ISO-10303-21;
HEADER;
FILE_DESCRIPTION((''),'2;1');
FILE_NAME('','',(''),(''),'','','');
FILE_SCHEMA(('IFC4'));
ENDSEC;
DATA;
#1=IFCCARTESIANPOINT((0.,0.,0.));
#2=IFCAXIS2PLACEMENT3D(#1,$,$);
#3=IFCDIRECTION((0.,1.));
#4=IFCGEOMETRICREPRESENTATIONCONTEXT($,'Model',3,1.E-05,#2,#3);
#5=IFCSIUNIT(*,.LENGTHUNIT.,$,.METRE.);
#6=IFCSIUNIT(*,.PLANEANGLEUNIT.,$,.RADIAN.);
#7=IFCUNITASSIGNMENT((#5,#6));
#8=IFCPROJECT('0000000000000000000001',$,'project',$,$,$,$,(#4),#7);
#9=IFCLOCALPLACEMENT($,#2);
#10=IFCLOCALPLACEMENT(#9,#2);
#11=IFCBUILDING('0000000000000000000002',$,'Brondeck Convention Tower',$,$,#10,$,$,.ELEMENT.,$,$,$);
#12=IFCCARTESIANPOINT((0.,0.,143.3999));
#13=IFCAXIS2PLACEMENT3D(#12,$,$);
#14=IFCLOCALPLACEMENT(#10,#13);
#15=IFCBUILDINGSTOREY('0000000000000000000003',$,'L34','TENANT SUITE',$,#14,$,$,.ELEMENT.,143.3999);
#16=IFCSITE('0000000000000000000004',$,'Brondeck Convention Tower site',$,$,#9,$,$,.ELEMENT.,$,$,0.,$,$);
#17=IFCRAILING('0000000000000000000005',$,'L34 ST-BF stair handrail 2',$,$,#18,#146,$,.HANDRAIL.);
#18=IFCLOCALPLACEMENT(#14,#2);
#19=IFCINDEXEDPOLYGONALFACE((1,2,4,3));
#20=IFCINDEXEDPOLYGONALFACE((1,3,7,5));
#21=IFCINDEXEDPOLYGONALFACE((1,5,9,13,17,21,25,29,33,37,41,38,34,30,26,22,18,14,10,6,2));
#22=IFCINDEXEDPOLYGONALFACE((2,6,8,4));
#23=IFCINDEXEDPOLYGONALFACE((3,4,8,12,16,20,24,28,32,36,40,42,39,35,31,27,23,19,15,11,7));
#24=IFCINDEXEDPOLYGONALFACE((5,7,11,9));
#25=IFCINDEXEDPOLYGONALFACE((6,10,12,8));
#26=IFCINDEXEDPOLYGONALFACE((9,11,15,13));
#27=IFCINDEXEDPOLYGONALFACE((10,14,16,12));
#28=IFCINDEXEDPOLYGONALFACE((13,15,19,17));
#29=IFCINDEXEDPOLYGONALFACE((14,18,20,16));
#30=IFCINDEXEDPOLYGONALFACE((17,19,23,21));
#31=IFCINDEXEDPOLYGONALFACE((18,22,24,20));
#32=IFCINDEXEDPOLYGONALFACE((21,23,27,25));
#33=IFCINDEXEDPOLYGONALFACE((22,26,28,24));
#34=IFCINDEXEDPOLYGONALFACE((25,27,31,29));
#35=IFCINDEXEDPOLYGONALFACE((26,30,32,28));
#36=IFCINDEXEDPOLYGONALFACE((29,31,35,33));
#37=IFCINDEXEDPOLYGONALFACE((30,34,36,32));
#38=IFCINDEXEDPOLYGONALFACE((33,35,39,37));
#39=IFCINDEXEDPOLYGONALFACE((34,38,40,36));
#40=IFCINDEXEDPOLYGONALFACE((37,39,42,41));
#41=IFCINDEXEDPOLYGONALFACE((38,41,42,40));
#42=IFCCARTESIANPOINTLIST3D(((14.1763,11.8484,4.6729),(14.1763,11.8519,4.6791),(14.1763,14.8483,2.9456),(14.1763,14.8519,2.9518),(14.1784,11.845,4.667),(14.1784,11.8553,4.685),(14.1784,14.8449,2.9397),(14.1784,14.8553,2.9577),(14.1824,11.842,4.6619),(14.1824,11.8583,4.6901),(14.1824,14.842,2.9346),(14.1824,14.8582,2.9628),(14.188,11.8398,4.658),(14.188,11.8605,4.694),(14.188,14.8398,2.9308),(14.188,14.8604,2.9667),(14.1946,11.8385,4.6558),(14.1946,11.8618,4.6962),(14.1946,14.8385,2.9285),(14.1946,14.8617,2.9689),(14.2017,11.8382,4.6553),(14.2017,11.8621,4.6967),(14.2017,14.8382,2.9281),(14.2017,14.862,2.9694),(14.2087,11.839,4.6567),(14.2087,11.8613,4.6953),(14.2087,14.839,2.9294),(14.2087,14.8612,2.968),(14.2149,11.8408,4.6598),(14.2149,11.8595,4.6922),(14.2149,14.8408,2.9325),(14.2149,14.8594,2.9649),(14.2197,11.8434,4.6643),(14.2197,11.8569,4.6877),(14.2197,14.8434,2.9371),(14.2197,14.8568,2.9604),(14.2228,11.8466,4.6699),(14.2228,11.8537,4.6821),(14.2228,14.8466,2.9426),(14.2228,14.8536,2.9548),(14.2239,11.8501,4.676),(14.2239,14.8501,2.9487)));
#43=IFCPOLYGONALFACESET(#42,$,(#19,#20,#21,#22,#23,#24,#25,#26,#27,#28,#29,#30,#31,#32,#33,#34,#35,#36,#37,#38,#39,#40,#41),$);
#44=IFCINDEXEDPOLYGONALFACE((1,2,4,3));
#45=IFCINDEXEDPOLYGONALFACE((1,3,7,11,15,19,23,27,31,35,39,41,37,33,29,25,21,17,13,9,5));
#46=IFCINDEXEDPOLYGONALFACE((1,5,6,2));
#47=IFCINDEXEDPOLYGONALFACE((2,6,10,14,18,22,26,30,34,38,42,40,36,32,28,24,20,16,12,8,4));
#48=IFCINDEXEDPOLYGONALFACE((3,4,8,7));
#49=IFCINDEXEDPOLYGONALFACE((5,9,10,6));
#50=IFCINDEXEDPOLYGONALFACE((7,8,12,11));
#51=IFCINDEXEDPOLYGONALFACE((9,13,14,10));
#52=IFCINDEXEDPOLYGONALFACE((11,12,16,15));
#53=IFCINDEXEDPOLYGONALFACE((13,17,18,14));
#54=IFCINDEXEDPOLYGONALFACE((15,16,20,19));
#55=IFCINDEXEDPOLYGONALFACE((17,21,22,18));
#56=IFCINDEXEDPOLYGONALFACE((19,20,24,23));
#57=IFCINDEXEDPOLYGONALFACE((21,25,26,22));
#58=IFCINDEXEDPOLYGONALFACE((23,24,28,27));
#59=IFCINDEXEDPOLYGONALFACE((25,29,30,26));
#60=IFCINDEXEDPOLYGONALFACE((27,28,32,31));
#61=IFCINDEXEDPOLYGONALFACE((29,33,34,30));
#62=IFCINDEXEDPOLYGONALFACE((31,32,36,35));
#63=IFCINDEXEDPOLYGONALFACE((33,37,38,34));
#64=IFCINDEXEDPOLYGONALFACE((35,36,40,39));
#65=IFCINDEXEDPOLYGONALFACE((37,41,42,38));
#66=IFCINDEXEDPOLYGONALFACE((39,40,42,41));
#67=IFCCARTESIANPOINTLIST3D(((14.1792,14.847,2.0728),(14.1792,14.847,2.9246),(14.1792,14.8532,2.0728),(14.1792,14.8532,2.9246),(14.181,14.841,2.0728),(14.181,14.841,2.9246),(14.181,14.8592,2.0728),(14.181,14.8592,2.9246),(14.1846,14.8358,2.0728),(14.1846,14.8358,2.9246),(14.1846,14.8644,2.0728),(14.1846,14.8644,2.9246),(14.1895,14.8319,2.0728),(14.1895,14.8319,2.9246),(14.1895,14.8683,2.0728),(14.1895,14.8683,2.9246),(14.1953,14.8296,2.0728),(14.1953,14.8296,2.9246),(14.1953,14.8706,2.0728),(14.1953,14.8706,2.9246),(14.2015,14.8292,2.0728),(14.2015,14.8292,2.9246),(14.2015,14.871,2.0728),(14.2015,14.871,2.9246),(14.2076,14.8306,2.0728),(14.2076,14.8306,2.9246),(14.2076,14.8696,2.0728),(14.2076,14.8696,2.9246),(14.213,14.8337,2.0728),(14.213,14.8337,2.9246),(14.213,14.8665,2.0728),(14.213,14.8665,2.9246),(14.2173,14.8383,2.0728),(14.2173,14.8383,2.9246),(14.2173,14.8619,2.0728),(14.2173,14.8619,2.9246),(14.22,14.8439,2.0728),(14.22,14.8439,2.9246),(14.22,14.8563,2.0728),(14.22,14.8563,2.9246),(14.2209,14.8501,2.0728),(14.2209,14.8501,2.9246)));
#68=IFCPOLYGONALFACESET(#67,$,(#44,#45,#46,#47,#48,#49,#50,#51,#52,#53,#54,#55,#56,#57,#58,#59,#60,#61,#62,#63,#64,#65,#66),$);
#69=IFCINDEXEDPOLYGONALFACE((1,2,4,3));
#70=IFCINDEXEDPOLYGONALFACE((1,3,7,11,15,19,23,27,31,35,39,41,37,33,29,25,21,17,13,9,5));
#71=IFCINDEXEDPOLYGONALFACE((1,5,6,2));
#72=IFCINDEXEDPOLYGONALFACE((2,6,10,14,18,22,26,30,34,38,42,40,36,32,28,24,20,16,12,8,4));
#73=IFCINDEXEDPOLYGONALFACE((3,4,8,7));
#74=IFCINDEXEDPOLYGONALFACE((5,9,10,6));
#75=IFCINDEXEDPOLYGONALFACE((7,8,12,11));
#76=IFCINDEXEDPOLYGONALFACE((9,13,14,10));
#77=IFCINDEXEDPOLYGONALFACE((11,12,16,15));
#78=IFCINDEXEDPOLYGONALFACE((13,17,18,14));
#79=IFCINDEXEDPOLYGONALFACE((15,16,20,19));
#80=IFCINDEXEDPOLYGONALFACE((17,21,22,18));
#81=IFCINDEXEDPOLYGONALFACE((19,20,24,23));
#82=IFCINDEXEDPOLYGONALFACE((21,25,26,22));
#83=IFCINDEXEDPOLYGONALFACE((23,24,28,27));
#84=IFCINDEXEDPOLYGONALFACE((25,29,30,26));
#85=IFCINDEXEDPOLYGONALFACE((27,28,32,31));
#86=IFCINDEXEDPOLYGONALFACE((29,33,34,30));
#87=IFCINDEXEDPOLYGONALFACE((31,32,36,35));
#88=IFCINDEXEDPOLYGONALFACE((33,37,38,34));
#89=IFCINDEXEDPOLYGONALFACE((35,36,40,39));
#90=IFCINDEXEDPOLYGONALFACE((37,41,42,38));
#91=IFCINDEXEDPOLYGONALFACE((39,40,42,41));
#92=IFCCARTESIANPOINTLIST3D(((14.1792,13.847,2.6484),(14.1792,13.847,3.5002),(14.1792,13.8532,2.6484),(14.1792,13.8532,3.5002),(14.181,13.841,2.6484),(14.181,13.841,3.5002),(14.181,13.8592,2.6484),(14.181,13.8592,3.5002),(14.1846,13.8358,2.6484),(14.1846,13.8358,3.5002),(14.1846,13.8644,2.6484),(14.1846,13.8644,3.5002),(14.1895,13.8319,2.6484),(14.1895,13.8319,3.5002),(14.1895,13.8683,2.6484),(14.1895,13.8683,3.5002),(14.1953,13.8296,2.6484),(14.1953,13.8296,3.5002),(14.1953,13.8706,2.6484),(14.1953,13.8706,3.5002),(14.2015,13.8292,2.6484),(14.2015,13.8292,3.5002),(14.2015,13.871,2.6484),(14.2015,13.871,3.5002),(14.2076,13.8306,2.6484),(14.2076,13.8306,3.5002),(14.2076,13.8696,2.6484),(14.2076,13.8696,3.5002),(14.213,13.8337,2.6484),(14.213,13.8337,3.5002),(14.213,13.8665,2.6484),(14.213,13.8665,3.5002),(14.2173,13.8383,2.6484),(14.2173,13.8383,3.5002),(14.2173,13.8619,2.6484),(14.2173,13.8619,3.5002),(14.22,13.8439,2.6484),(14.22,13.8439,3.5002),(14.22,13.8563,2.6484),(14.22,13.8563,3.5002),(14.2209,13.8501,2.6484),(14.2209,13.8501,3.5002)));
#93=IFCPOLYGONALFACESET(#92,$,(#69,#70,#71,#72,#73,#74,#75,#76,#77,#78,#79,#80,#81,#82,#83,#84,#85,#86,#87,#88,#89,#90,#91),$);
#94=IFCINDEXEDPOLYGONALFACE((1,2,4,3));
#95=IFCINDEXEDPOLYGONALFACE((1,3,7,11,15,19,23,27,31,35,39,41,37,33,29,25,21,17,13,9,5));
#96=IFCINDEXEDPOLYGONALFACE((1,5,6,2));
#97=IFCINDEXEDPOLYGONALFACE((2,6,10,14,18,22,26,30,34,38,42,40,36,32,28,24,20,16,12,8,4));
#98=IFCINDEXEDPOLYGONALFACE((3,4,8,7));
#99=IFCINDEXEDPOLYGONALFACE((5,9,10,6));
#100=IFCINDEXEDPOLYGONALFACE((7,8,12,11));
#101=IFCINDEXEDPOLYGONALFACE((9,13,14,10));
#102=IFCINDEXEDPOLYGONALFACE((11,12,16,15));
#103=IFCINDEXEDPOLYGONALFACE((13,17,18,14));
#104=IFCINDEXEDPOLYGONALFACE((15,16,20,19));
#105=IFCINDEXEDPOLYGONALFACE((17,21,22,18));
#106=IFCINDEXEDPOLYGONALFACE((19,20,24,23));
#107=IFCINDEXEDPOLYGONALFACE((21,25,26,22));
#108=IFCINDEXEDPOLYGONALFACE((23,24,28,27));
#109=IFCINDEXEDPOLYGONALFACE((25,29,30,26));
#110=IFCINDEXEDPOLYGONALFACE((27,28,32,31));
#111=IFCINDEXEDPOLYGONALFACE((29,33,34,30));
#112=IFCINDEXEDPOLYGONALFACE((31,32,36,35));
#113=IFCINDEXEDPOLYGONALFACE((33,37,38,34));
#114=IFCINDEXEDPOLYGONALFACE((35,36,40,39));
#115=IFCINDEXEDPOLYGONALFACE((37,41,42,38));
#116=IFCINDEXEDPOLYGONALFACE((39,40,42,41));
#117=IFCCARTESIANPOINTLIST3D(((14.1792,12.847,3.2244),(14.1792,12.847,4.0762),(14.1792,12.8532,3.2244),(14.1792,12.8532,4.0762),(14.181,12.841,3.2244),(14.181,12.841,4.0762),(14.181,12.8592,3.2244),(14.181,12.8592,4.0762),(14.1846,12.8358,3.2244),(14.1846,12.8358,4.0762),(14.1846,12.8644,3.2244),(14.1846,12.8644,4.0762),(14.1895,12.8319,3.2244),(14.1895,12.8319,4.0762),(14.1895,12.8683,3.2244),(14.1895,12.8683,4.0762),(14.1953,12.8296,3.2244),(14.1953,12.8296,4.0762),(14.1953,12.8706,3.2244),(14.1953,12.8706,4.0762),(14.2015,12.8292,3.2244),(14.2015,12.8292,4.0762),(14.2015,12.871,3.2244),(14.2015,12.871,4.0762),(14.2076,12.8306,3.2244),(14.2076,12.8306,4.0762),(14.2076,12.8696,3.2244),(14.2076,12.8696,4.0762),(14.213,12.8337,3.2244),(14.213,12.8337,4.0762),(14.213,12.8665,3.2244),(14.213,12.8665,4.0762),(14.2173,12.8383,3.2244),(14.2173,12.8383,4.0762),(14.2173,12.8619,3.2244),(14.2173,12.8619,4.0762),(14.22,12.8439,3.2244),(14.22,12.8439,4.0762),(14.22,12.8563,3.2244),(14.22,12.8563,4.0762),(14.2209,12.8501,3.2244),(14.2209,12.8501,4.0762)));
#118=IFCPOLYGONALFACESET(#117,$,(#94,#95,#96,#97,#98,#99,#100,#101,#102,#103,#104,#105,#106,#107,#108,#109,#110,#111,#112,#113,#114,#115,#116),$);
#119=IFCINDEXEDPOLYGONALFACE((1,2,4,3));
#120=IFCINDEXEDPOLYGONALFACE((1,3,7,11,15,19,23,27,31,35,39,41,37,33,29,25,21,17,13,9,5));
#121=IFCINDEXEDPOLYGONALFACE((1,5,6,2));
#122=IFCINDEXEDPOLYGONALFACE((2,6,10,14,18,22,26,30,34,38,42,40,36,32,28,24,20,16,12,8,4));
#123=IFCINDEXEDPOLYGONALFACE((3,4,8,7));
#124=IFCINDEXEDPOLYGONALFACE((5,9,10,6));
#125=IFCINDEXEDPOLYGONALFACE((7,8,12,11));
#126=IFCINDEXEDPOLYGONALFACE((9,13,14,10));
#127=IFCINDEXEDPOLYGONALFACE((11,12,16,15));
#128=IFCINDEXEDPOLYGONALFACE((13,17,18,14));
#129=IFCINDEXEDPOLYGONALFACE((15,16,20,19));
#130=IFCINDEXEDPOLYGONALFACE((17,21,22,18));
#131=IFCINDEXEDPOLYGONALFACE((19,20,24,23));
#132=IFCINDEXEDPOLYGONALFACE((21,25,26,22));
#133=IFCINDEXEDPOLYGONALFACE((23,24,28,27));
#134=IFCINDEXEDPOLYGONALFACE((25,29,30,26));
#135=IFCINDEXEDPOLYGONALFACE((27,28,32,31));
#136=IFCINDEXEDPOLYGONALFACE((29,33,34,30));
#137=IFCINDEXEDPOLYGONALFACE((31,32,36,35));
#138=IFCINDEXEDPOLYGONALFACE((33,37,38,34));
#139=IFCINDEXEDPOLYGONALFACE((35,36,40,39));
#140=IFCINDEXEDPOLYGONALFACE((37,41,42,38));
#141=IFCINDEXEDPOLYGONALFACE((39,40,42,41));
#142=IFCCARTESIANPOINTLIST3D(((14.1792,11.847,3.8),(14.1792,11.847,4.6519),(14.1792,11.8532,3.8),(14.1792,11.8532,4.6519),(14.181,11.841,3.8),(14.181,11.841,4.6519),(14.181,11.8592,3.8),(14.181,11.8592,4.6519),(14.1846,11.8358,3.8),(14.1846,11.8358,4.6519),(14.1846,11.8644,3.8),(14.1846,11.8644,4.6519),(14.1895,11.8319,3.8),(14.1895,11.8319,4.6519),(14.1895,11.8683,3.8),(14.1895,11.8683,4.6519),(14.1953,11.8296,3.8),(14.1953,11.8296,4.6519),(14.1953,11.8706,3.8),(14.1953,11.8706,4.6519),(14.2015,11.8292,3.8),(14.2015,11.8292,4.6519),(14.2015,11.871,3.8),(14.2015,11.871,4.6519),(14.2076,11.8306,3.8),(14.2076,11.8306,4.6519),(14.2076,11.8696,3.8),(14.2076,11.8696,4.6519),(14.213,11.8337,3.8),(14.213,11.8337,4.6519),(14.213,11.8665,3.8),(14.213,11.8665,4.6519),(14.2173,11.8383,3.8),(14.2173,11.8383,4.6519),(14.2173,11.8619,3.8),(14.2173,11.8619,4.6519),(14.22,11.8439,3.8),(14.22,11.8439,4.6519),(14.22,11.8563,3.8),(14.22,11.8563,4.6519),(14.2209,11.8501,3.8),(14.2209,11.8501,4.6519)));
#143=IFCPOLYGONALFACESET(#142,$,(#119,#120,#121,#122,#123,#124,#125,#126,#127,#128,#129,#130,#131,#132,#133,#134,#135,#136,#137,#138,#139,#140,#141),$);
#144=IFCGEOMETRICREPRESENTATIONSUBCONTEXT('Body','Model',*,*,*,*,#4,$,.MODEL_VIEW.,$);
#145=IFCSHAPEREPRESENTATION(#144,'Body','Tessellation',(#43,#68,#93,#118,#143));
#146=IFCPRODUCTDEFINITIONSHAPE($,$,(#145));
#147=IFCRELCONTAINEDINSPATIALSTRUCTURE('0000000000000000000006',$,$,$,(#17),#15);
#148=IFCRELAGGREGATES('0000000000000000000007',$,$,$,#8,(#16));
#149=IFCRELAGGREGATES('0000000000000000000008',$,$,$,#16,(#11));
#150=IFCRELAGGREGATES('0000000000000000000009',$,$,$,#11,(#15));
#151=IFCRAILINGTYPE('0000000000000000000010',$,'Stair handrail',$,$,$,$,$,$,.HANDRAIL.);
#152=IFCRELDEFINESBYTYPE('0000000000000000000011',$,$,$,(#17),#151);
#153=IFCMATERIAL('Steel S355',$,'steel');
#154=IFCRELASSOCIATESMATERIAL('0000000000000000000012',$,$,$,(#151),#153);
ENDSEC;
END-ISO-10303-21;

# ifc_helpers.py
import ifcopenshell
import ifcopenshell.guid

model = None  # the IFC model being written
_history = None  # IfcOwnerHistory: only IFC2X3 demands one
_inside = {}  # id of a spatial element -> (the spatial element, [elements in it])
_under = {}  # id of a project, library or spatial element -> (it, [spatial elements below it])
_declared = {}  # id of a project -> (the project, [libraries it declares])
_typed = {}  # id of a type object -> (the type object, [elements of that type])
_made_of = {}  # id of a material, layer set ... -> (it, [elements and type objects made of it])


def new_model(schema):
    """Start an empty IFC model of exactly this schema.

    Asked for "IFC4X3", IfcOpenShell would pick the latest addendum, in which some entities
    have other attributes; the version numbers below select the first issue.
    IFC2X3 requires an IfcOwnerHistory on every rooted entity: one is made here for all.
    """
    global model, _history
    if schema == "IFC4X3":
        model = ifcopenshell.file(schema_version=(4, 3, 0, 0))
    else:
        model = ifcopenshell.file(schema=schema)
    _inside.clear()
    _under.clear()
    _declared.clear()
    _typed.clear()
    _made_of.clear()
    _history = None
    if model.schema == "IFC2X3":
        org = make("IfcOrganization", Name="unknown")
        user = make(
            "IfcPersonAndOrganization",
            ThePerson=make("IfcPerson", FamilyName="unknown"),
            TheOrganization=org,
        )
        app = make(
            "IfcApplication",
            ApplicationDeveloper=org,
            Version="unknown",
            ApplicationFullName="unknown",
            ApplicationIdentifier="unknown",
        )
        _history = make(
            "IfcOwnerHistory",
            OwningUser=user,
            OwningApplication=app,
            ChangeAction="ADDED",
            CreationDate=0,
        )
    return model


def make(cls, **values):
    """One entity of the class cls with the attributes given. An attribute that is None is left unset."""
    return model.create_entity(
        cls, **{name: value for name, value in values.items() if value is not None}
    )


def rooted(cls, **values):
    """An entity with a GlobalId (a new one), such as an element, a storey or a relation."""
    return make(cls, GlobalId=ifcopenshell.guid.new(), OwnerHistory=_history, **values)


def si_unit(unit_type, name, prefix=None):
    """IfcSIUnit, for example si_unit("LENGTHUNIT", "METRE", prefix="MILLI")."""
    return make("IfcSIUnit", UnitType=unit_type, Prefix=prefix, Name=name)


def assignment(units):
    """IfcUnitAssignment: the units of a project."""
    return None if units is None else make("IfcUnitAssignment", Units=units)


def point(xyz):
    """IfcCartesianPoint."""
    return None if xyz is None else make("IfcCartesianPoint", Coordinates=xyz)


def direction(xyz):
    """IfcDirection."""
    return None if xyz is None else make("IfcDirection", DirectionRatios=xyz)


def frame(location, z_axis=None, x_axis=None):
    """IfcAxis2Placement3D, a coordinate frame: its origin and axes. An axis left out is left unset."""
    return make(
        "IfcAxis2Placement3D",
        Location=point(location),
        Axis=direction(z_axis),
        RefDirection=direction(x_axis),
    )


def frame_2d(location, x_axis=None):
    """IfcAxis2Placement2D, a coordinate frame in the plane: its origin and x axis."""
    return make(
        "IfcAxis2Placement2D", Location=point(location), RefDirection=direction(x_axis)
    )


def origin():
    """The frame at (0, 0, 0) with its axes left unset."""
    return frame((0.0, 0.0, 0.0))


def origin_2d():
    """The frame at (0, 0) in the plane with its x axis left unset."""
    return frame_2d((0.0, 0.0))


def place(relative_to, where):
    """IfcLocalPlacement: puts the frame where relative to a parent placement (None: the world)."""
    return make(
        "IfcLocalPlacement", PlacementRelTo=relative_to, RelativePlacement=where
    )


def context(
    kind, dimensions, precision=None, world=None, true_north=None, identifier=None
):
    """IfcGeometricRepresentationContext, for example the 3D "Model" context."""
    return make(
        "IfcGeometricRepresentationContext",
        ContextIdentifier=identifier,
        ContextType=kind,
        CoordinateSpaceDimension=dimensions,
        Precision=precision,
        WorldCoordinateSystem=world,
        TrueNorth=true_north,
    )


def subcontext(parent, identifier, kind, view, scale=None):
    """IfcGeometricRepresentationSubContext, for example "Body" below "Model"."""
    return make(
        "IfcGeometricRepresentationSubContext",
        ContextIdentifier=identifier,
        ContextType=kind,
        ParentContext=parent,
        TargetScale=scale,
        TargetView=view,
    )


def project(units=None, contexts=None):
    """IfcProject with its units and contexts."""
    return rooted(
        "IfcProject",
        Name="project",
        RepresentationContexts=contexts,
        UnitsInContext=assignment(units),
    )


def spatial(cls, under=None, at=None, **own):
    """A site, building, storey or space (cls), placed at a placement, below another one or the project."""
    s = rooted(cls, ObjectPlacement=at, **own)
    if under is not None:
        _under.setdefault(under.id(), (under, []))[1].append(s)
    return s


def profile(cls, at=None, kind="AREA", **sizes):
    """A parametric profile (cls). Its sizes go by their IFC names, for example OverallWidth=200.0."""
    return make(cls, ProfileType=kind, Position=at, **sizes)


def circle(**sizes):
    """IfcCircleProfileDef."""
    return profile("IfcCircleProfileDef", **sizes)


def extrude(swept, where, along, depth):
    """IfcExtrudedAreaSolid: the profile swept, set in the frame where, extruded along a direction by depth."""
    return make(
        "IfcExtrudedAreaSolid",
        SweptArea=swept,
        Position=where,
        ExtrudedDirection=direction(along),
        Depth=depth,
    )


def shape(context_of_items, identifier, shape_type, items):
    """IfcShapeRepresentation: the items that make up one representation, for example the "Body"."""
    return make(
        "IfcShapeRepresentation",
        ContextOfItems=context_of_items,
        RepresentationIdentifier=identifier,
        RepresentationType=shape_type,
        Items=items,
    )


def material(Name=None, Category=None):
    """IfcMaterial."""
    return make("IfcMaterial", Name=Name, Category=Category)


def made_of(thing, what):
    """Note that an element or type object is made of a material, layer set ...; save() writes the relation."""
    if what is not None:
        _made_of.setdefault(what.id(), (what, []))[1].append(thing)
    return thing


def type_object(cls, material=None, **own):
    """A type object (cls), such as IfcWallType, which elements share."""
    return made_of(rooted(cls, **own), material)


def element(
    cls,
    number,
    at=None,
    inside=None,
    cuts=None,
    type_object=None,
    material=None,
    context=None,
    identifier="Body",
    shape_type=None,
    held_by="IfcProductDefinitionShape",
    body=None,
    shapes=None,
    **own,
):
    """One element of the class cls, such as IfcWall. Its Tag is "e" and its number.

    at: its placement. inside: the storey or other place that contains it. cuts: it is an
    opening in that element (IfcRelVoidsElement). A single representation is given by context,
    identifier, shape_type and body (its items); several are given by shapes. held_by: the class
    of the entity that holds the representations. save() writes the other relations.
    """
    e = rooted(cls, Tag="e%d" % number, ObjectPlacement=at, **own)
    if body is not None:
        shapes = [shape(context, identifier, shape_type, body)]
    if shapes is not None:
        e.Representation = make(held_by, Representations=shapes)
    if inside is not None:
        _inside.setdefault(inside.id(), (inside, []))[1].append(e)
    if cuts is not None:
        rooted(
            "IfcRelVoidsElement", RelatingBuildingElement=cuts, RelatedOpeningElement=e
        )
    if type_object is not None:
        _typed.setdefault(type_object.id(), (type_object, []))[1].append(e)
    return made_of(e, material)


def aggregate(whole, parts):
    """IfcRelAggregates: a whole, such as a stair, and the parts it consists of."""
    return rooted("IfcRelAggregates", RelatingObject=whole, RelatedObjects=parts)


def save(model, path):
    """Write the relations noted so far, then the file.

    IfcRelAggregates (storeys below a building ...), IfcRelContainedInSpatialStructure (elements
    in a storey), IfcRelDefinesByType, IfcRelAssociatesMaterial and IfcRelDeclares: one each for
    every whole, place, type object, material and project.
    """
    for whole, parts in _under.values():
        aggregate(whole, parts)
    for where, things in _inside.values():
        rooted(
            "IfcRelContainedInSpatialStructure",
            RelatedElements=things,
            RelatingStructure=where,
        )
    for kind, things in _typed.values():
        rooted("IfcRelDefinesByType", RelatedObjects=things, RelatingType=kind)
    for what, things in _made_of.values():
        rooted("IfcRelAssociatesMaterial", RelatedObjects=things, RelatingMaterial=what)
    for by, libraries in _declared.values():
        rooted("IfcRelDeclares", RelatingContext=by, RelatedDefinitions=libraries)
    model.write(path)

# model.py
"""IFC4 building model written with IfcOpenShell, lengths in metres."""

from ifc_helpers import new_model, si_unit, direction, frame, origin, origin_2d, place, context, subcontext, project, spatial, circle, extrude, material, type_object, element, save


model = new_model("IFC4")

# Units and contexts
model_context = context("Model", 3, precision=1e-05, world=origin(), true_north=direction((0.0, 1.0)))
body_context = subcontext(model_context, "Body", "Model", "MODEL_VIEW")
ifc_project = project(units=[si_unit("LENGTHUNIT", "METRE"), si_unit("PLANEANGLEUNIT", "RADIAN")], contexts=[model_context])

# Site, building, storey
site_placement = place(None, origin())
site = spatial("IfcSite", under=ifc_project, at=site_placement, Name="Brondeck Convention Tower site", CompositionType="ELEMENT", RefElevation=0.0)
building_placement = place(site_placement, origin())
building = spatial("IfcBuilding", under=site, at=building_placement, Name="Brondeck Convention Tower", CompositionType="ELEMENT")
storey_placement = place(building_placement, frame((0.0, 0.0, 143.3999)))
storey = spatial("IfcBuildingStorey", under=building, at=storey_placement, Name="L34", Description="TENANT SUITE", CompositionType="ELEMENT", Elevation=143.3999)

# Shared definitions
ifc_material_1 = material(Name="Steel S355", Category="steel")

# Railing
railing_type_1 = type_object("IfcRailingType", Name="Stair handrail", PredefinedType="HANDRAIL", material=ifc_material_1)
railing_1_placement = place(storey_placement, frame((14.2, 14.8501, 2.0728)))
element("IfcRailing", 1, at=railing_1_placement, inside=storey, type_object=railing_type_1, Name="L34 ST-BF stair handrail 2", PredefinedType="HANDRAIL", context=body_context, shape_type="SweptSolid", body=[
    extrude(circle(Radius=0.0239, at=origin_2d()), frame((0.0, 0.0, 0.876), z_axis=(0.0, -0.86662, 0.498969), x_axis=(1.0, 0.0, 0.0)), (0.0, 0.0, 1.0), 3.4617),
    extrude(circle(Radius=0.021, at=origin_2d()), origin(), (0.0, 0.0, 1.0), 0.8518),
    extrude(circle(Radius=0.021, at=origin_2d()), frame((0.0, -1.0, 0.5757)), (0.0, 0.0, 1.0), 0.8518),
    extrude(circle(Radius=0.021, at=origin_2d()), frame((0.0, -2.0, 1.1516)), (0.0, 0.0, 1.0), 0.8518),
    extrude(circle(Radius=0.021, at=origin_2d()), frame((0.0, -3.0, 1.7273)), (0.0, 0.0, 1.0), 0.8518),
])

save(model, "model.ifc")
